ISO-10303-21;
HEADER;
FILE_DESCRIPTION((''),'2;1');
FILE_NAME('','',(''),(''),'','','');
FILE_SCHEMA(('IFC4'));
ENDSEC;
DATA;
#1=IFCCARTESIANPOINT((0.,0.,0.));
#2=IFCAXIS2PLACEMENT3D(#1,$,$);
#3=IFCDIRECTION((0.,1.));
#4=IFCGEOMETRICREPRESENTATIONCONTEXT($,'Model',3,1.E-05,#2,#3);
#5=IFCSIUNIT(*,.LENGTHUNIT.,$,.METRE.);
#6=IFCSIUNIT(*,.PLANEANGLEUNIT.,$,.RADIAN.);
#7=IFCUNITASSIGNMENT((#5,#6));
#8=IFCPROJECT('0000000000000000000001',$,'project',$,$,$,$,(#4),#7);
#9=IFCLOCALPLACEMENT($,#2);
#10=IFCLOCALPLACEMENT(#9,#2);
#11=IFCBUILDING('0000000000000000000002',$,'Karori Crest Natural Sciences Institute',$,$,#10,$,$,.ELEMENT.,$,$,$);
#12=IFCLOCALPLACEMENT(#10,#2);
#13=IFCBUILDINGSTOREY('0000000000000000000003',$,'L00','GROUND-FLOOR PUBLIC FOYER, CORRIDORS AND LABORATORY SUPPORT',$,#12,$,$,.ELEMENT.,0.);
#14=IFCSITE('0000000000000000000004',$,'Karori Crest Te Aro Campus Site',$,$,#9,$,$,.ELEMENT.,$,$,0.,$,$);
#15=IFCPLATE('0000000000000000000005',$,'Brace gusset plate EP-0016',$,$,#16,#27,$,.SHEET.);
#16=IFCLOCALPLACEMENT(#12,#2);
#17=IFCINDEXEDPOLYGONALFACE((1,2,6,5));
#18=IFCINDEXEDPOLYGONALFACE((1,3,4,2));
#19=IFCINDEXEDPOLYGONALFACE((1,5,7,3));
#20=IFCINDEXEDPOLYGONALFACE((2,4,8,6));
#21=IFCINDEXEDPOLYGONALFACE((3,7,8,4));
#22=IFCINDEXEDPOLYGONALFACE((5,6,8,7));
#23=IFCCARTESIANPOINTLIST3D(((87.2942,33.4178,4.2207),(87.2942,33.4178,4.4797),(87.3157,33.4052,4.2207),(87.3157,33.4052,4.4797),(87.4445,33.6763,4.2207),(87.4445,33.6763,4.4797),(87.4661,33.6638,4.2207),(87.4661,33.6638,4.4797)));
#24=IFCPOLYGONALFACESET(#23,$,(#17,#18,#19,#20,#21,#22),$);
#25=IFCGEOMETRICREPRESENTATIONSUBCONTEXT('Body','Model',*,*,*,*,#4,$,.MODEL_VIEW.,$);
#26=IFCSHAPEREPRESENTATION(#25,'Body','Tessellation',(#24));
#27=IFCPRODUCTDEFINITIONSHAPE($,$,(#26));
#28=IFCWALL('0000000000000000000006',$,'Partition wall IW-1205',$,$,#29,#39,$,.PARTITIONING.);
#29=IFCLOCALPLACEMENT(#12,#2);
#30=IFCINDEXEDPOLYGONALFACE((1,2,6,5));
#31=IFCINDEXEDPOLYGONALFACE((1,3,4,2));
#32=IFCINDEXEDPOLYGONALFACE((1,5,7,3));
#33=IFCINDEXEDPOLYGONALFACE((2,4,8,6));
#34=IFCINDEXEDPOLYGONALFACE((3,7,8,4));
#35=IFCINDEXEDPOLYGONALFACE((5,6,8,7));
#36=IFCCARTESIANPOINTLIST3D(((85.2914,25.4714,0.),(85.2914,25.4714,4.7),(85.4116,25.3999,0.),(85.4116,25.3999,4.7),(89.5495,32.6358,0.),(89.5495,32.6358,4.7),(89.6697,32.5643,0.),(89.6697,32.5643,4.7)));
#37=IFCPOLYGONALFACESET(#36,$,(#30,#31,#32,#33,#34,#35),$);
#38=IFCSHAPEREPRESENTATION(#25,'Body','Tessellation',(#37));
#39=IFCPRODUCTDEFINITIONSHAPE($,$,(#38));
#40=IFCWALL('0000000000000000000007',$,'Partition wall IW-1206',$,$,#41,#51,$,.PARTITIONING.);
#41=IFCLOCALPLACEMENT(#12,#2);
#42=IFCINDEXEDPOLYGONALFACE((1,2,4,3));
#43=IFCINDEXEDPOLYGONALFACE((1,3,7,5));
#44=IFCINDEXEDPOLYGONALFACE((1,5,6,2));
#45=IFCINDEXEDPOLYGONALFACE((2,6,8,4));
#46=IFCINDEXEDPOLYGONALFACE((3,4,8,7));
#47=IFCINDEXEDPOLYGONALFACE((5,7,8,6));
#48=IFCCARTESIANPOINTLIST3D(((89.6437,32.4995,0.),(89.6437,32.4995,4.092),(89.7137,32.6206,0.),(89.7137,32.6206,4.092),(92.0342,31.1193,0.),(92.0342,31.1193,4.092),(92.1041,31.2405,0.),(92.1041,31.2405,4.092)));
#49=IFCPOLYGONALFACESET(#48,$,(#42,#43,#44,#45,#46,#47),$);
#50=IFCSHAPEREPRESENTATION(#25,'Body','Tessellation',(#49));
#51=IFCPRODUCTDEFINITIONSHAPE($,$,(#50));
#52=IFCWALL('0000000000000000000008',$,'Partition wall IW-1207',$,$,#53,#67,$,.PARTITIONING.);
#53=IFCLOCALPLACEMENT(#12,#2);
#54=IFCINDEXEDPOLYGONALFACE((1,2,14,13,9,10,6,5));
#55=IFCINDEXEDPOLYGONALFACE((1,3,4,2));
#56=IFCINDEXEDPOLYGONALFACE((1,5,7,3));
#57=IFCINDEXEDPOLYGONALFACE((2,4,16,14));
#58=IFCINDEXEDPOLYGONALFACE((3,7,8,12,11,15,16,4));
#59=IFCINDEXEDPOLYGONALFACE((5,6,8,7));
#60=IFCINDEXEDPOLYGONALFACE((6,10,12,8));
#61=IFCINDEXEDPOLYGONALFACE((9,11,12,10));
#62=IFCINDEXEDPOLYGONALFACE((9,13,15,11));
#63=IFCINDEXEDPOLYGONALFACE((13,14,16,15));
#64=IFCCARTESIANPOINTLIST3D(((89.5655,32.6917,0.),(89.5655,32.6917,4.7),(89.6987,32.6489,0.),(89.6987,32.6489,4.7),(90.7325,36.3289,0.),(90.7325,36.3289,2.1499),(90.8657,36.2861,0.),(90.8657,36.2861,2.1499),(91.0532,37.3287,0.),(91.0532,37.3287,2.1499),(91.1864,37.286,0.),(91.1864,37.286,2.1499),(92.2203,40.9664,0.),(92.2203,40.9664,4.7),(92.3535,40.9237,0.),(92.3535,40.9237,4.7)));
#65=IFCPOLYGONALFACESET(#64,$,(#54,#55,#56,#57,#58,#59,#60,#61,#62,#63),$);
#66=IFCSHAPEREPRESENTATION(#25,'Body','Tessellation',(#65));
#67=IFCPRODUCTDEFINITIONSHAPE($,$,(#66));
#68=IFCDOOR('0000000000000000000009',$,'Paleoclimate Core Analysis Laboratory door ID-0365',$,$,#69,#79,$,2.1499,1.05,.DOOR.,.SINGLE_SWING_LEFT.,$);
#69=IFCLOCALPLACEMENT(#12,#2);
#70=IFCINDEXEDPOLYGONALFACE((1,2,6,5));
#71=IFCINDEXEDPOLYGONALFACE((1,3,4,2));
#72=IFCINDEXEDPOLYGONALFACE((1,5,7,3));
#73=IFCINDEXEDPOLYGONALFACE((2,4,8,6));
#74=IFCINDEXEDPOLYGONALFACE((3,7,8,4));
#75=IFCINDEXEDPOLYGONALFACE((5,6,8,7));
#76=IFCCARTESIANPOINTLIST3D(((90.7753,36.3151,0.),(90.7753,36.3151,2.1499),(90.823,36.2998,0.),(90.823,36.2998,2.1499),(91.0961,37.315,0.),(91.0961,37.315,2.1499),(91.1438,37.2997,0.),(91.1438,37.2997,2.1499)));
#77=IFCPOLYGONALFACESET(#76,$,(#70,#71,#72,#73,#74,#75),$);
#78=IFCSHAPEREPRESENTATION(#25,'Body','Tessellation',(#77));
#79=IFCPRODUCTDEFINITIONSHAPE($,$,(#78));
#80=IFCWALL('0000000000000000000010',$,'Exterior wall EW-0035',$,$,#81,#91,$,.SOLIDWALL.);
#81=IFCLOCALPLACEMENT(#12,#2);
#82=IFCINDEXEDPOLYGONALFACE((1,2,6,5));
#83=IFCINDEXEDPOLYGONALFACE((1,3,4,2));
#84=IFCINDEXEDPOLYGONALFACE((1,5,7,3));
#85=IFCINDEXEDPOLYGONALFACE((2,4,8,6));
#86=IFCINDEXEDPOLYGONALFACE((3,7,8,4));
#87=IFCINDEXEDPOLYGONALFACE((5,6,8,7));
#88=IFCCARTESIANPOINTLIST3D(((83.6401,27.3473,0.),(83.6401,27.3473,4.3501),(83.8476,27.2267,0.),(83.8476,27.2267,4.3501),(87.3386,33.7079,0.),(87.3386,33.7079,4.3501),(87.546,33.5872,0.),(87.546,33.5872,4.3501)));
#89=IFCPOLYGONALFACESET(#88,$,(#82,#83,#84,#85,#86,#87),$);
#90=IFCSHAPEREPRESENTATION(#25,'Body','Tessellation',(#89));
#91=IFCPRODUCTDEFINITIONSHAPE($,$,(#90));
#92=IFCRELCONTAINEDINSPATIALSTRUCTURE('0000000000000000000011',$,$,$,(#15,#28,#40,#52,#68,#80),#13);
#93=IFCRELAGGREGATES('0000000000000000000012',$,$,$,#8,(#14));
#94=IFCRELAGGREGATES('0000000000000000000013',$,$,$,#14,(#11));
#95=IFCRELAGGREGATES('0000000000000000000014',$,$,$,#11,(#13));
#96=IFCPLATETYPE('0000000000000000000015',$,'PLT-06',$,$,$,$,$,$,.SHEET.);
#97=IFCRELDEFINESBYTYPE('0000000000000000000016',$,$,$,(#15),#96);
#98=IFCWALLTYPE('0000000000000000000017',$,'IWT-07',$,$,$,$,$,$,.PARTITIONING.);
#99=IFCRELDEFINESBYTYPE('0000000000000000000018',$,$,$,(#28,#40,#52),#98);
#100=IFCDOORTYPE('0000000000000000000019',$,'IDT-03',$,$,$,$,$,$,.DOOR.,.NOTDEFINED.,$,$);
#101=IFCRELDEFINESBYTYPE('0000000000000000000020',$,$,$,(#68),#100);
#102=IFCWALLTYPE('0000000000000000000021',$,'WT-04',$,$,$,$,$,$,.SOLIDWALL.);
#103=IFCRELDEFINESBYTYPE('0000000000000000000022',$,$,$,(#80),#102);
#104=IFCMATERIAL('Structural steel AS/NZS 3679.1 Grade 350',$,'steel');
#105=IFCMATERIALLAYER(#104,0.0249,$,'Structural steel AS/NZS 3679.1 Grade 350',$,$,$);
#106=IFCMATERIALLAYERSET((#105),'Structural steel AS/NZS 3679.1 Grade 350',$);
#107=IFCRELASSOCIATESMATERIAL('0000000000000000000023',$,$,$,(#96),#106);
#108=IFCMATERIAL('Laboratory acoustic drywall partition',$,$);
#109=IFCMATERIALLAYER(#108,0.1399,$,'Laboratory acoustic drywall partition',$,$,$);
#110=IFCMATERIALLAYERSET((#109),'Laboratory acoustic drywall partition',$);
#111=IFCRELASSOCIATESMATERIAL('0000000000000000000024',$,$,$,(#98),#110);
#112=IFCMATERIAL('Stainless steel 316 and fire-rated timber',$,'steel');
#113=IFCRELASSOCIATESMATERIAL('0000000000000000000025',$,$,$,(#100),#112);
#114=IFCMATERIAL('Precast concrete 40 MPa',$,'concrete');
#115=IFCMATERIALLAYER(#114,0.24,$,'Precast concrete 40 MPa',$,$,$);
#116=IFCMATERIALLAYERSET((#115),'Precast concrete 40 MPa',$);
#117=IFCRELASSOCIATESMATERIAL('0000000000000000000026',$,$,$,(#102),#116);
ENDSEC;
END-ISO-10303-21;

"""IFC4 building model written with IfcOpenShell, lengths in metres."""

from ifc_helpers import new_model, si_unit, direction, frame, frame_2d, origin, origin_2d, place, context, subcontext, project, spatial, rectangle, extrude, material, layer, layer_set, type_object, element, fill, save


model = new_model("IFC4")

# Units and contexts
model_context = context("Model", 3, precision=1e-05, world=origin(), true_north=direction((0.0, 1.0)))
body_context = subcontext(model_context, "Body", "Model", "MODEL_VIEW")
ifc_project = project(units=[si_unit("LENGTHUNIT", "METRE"), si_unit("PLANEANGLEUNIT", "RADIAN")], contexts=[model_context])

# Site, building, storey
site_placement = place(None, origin())
site = spatial("IfcSite", under=ifc_project, at=site_placement, Name="Karori Crest Te Aro Campus Site", CompositionType="ELEMENT", RefElevation=0.0)
building_placement = place(site_placement, origin())
building = spatial("IfcBuilding", under=site, at=building_placement, Name="Karori Crest Natural Sciences Institute", CompositionType="ELEMENT")
storey_placement = place(building_placement, origin())
storey = spatial("IfcBuildingStorey", under=building, at=storey_placement, Name="L00", Description="GROUND-FLOOR PUBLIC FOYER, CORRIDORS AND LABORATORY SUPPORT", CompositionType="ELEMENT", Elevation=0.0)

# Shared definitions
ifc_material_1 = material(Name="Structural steel AS/NZS 3679.1 Grade 350", Category="steel")

# Plate
ifc_layer_1 = layer(ifc_material_1, 0.0249, Name="Structural steel AS/NZS 3679.1 Grade 350")
ifc_layer_set_1 = layer_set([ifc_layer_1], Name="Structural steel AS/NZS 3679.1 Grade 350")
plate_type_1 = type_object("IfcPlateType", Name="PLT-06", PredefinedType="SHEET", material=ifc_layer_set_1)
for number, where, z_axis, x_axis, name in (
    (1, (87.3801, 33.5408, 4.2207), (0.0, 0.0, 1.0), (0.502652, 0.864489, 0.0), "Brace gusset plate EP-0016"),
):
    element("IfcPlate", number, at=place(storey_placement, frame(where, z_axis=z_axis, x_axis=x_axis)), inside=storey, type_object=plate_type_1, Name=name, PredefinedType="SHEET", context=body_context, shape_type="SweptSolid", body=[
        extrude(rectangle(XDim=0.2991, YDim=0.0249, at=origin_2d()), origin(), (0.0, 0.0, 1.0), 0.259),
    ])

# Walls
ifc_material_2 = material(Name="Laboratory acoustic drywall partition")
ifc_layer_2 = layer(ifc_material_2, 0.1399, Name="Laboratory acoustic drywall partition")
ifc_layer_set_2 = layer_set([ifc_layer_2], Name="Laboratory acoustic drywall partition")
wall_type_1 = type_object("IfcWallType", Name="IWT-07", PredefinedType="PARTITIONING", material=ifc_layer_set_2)
wall_1_placement = place(storey_placement, frame((85.3516, 25.4358, 0.0), z_axis=(0.0, 0.0, 1.0), x_axis=(0.510916, 0.859631, 0.0)))
element("IfcWall", 2, at=wall_1_placement, inside=storey, type_object=wall_type_1, Name="Partition wall IW-1205", PredefinedType="PARTITIONING", context=body_context, shape_type="SweptSolid", body=[
    extrude(rectangle(XDim=8.3342, YDim=0.1399, at=frame_2d((4.167, 0.0))), origin(), (0.0, 0.0, 1.0), 4.7),
])
wall_2_placement = place(storey_placement, frame((89.6787, 32.5601, 0.0), z_axis=(0.0, 0.0, 1.0), x_axis=(0.866019, -0.500011, 0.0)))
element("IfcWall", 3, at=wall_2_placement, inside=storey, type_object=wall_type_1, Name="Partition wall IW-1206", PredefinedType="PARTITIONING", context=body_context, shape_type="SweptSolid", body=[
    extrude(rectangle(XDim=2.7603, YDim=0.1399, at=frame_2d((1.3801, 0.0))), origin(), (0.0, 0.0, 1.0), 4.092),
])

# Wall, opening, door
wall_3_placement = place(storey_placement, frame((89.6321, 32.6702, 0.0), z_axis=(0.0, 0.0, 1.0), x_axis=(0.305495, 0.952194, 0.0)))
wall_3 = element("IfcWall", 4, at=wall_3_placement, inside=storey, type_object=wall_type_1, Name="Partition wall IW-1207", PredefinedType="PARTITIONING", context=body_context, shape_type="SweptSolid", body=[
    extrude(rectangle(XDim=8.6902, YDim=0.1399, at=frame_2d((4.3452, 0.0))), origin(), (0.0, 0.0, 1.0), 4.7),
])
opening_placement = place(wall_3_placement, frame((3.8201, 0.0, 0.0)))
opening = element("IfcOpeningElement", 5, at=opening_placement, cuts=wall_3, PredefinedType="OPENING", context=body_context, shape_type="SweptSolid", body=[
    extrude(rectangle(XDim=1.05, YDim=2.1499, at=frame_2d((0.5249, 1.075))), frame((0.0, 0.0801, 0.0), z_axis=(0.0, -1.0, 0.0), x_axis=(1.0, 0.0, 0.0)), (0.0, 0.0, 1.0), 0.1599),
])
ifc_material_3 = material(Name="Stainless steel 316 and fire-rated timber", Category="steel")
door_type = type_object("IfcDoorType", Name="IDT-03", OperationType="NOTDEFINED", PredefinedType="DOOR", material=ifc_material_3)
door_placement = place(opening_placement, origin())
door = element("IfcDoor", 6, at=door_placement, inside=storey, type_object=door_type, Name="Paleoclimate Core Analysis Laboratory door ID-0365", OperationType="SINGLE_SWING_LEFT", OverallHeight=2.1499, OverallWidth=1.05, PredefinedType="DOOR", context=body_context, shape_type="SweptSolid", body=[
    extrude(rectangle(XDim=1.05, YDim=2.1499, at=frame_2d((0.5249, 1.075))), frame((0.0, 0.0249, 0.0), z_axis=(0.0, -1.0, 0.0), x_axis=(1.0, 0.0, 0.0)), (0.0, 0.0, 1.0), 0.05),
])
fill(opening, door)

# Wall
ifc_material_4 = material(Name="Precast concrete 40 MPa", Category="concrete")
ifc_layer_3 = layer(ifc_material_4, 0.24, Name="Precast concrete 40 MPa")
ifc_layer_set_3 = layer_set([ifc_layer_3], Name="Precast concrete 40 MPa")
wall_type_2 = type_object("IfcWallType", Name="WT-04", PredefinedType="SOLIDWALL", material=ifc_layer_set_3)
wall_4_placement = place(storey_placement, frame((83.7439, 27.2871, 0.0), z_axis=(0.0, 0.0, 1.0), x_axis=(0.502668, 0.86448, 0.0)))
element("IfcWall", 7, at=wall_4_placement, inside=storey, type_object=wall_type_2, Name="Exterior wall EW-0035", PredefinedType="SOLIDWALL", context=body_context, shape_type="SweptSolid", body=[
    extrude(rectangle(XDim=7.3577, YDim=0.24, at=frame_2d((3.6787, 0.0))), origin(), (0.0, 0.0, 1.0), 4.3501),
])

save(model, "model.ifc")
